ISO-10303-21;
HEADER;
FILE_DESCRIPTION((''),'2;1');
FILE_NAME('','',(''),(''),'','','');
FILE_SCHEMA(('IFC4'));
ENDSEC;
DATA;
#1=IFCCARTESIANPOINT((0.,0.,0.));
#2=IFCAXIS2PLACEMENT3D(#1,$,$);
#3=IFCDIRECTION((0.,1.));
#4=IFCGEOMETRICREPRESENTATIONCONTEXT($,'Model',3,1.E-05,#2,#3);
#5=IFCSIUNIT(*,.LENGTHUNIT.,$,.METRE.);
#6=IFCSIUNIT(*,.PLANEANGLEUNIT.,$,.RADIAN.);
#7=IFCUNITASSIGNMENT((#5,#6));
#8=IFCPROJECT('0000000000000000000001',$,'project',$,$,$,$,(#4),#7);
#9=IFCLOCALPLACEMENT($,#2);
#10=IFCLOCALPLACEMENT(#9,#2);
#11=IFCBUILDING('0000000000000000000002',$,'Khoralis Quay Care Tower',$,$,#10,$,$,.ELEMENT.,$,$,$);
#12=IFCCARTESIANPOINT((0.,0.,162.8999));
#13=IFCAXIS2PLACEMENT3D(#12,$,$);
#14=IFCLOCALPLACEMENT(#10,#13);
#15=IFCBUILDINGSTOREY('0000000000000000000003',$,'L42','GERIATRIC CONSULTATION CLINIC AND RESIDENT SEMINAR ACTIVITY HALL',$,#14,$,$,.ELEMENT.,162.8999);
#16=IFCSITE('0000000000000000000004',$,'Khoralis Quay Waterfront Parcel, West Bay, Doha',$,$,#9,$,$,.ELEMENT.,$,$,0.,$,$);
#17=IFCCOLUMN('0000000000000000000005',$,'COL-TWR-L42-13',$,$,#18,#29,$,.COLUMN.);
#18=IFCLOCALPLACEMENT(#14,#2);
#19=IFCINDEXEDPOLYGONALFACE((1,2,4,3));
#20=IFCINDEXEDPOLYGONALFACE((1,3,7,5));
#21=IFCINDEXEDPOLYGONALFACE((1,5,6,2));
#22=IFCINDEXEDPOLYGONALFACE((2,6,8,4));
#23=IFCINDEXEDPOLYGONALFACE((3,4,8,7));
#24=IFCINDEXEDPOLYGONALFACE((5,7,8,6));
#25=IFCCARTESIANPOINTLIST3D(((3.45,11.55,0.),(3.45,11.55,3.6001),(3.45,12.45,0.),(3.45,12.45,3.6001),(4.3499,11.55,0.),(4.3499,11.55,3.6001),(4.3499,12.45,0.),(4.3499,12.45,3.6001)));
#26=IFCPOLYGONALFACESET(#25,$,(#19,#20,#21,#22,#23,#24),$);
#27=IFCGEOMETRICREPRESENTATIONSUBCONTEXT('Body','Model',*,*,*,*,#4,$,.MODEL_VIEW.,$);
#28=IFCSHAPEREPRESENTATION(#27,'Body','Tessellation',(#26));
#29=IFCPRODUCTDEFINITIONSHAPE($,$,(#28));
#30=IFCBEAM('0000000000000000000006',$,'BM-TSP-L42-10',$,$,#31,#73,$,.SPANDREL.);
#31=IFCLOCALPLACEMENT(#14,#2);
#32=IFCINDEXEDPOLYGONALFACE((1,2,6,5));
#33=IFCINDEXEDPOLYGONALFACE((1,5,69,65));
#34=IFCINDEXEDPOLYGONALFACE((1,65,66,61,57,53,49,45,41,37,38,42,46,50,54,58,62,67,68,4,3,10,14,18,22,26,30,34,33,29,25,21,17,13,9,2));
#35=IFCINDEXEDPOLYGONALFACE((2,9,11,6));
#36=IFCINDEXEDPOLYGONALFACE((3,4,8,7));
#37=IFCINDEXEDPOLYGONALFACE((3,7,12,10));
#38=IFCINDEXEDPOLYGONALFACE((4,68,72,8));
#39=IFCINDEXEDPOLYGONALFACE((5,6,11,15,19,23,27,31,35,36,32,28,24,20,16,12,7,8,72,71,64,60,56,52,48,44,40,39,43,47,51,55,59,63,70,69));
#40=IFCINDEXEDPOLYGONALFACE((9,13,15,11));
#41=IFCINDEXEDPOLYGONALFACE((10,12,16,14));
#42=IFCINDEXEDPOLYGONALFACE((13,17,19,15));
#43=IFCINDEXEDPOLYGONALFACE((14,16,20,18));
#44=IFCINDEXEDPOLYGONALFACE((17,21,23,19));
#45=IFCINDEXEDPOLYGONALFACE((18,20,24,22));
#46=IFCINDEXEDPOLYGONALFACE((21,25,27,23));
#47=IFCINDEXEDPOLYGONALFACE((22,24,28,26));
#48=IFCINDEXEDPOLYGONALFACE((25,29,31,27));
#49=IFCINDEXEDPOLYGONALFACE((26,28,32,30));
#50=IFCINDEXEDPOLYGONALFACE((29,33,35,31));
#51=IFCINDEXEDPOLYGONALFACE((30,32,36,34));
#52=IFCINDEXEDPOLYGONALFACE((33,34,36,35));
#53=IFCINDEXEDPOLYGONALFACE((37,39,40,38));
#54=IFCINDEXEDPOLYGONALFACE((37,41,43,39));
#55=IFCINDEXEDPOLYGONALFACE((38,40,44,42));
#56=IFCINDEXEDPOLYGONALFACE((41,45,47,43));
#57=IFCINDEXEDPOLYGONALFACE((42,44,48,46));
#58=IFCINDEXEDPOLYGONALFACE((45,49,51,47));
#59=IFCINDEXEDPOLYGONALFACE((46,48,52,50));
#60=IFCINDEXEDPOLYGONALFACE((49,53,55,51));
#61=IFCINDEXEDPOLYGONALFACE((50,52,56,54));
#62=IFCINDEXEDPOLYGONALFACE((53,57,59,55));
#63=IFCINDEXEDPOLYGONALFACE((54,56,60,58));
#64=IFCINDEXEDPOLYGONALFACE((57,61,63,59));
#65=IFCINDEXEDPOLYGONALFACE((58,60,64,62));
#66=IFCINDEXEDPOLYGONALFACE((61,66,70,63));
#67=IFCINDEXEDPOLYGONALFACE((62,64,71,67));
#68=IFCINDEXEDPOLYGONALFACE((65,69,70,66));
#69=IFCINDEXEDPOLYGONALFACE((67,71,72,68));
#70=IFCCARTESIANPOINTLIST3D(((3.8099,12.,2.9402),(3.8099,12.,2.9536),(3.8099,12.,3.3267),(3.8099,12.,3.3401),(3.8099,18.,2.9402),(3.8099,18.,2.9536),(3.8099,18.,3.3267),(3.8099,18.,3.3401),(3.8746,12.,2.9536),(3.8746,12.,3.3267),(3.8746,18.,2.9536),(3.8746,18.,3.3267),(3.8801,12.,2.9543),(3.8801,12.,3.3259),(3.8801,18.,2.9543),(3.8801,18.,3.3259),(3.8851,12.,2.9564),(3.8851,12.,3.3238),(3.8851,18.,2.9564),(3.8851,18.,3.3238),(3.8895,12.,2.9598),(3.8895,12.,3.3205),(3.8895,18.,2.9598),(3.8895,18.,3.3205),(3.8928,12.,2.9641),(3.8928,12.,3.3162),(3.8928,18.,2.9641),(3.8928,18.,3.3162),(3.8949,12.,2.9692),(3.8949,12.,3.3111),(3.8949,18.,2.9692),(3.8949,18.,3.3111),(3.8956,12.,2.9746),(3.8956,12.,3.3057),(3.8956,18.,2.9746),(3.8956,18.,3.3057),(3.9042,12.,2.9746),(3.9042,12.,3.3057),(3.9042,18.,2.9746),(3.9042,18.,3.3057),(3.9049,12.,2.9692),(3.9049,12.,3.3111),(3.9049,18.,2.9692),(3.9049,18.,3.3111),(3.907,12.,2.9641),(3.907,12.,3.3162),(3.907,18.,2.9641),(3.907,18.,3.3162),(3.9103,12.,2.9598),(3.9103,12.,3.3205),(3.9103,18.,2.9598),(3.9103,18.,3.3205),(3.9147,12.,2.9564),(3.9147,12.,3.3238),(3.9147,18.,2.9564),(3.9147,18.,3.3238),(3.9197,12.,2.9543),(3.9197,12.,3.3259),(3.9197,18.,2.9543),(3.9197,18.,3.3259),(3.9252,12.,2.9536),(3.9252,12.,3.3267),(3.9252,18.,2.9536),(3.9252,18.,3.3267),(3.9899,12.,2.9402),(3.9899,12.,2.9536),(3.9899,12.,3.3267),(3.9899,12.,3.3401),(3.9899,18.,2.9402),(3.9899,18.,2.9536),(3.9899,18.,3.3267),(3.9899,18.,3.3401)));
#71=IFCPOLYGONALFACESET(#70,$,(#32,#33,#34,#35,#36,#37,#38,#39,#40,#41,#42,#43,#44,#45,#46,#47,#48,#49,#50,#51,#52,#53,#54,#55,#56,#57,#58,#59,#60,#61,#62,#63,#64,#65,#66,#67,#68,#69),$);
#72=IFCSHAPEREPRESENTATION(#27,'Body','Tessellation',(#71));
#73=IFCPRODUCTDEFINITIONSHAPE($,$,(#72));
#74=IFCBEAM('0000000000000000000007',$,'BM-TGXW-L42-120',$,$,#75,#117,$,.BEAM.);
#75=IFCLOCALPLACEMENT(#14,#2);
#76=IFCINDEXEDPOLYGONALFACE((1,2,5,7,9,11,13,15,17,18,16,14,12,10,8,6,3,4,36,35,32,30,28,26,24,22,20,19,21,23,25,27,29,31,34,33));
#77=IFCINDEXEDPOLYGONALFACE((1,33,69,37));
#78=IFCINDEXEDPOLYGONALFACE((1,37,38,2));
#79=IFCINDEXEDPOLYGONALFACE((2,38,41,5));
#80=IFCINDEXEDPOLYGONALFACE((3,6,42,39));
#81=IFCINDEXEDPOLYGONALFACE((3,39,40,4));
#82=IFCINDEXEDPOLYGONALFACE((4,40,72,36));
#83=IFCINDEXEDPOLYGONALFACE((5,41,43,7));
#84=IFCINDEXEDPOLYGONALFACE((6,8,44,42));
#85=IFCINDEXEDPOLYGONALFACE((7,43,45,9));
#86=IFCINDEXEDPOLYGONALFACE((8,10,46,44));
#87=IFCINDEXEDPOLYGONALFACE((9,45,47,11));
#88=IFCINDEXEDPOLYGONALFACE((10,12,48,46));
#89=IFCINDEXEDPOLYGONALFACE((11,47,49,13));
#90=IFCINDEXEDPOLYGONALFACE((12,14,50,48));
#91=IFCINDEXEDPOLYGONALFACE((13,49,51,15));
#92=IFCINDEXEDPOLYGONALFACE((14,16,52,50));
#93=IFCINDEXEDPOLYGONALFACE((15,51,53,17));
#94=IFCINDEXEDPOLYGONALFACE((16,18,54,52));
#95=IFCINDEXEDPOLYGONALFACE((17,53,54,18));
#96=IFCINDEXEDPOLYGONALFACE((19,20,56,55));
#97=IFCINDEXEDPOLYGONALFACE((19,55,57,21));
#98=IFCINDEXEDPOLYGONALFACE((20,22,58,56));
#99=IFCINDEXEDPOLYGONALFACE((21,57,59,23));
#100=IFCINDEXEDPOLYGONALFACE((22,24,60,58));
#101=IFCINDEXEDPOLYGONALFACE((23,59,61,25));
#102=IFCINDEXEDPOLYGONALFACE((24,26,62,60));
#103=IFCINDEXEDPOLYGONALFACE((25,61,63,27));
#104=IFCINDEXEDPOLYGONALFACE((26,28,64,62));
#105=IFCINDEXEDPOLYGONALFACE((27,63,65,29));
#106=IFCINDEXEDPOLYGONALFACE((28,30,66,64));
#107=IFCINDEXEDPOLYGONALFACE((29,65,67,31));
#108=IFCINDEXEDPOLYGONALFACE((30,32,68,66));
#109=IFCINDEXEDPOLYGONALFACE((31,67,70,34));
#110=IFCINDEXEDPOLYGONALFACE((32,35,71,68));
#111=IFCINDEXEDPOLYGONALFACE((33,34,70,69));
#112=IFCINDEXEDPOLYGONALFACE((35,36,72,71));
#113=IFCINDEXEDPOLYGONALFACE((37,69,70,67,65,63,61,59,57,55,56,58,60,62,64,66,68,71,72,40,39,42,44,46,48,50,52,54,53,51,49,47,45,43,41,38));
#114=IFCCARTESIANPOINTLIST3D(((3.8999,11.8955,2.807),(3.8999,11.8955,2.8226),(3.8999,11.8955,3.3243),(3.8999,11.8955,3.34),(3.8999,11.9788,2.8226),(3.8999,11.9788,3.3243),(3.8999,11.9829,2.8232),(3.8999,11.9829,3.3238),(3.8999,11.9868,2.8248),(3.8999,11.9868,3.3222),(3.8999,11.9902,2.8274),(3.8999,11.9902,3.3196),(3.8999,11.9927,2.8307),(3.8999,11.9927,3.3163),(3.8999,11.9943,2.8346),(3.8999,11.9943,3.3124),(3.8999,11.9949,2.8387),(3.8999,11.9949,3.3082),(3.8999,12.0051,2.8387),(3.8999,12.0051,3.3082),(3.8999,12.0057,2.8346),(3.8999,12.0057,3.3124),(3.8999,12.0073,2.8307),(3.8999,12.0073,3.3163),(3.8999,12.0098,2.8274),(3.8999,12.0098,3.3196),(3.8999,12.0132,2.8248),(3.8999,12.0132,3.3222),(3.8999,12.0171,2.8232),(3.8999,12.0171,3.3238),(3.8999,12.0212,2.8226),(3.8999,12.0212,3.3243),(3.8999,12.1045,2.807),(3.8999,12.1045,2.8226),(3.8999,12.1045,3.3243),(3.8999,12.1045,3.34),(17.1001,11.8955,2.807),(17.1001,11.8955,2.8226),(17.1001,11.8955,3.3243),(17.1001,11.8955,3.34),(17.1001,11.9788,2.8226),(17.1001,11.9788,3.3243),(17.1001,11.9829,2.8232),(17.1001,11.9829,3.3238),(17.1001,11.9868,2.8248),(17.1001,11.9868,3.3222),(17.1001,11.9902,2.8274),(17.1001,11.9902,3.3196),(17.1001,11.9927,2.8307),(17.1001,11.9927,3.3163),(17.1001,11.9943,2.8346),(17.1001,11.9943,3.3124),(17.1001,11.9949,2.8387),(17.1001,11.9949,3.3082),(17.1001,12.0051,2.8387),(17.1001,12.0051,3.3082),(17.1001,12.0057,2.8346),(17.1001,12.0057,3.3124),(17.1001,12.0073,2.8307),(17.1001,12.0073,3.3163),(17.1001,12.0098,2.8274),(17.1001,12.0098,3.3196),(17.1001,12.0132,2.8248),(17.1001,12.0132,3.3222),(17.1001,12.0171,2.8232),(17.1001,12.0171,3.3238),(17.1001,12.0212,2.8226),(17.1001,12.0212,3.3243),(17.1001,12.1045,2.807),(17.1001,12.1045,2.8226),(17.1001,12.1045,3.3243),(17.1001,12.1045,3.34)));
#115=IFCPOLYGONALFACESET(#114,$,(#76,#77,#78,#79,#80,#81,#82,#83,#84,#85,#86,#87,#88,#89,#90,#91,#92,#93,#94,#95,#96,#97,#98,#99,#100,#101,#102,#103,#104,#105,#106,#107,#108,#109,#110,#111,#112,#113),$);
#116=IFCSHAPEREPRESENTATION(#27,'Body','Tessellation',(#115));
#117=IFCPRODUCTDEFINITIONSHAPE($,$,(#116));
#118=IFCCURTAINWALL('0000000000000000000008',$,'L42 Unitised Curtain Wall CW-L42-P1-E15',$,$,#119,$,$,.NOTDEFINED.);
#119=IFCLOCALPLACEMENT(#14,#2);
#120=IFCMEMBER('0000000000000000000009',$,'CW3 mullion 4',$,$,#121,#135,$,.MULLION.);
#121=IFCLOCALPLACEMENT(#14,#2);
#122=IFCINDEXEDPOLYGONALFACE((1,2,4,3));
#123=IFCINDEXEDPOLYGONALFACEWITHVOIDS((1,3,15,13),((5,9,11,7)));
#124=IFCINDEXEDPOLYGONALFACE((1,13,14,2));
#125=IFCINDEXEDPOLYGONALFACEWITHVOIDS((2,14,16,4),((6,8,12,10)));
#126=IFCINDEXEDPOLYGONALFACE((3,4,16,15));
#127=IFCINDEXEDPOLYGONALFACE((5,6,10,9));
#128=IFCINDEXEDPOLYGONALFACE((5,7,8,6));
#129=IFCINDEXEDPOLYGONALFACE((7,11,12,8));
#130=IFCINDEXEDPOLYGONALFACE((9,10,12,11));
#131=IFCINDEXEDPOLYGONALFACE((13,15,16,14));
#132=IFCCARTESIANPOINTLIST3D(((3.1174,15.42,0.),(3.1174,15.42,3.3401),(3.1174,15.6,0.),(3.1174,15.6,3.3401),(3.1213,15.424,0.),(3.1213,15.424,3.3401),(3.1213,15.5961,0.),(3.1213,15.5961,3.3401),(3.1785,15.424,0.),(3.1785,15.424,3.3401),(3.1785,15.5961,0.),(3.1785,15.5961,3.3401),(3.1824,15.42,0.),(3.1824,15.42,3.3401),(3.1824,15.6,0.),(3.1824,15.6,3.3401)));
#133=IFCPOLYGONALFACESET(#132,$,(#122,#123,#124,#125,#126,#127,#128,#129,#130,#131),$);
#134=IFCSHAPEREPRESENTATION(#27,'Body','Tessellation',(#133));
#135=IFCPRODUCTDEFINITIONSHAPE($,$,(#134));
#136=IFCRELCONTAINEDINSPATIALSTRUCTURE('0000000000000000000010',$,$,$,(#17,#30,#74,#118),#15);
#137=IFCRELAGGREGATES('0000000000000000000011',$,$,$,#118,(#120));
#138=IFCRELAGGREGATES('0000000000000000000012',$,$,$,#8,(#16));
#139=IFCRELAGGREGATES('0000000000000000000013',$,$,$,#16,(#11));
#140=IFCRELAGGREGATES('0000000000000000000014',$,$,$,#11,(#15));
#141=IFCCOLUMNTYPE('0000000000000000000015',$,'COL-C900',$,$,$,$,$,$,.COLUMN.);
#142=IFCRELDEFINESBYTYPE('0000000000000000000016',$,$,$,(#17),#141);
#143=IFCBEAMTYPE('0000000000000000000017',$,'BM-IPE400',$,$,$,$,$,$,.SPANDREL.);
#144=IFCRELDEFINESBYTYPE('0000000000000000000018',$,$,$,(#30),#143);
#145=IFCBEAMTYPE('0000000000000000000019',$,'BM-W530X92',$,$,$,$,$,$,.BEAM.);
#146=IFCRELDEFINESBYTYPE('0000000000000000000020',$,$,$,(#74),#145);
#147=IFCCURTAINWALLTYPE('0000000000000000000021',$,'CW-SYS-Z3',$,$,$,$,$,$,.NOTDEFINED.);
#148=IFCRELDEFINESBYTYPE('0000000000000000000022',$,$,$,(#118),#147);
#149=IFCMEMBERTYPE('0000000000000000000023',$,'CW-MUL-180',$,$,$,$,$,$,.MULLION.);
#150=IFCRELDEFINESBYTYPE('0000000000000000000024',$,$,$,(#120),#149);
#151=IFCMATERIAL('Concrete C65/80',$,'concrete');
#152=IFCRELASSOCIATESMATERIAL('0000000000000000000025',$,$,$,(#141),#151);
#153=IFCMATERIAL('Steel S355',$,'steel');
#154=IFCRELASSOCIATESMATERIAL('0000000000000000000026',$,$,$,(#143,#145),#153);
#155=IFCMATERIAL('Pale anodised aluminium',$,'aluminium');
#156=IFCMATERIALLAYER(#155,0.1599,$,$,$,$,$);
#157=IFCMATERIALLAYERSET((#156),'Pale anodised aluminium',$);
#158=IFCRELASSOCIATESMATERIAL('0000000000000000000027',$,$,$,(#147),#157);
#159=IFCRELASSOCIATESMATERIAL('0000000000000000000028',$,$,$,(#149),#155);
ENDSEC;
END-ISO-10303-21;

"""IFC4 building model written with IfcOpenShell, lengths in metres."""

from ifc_helpers import new_model, si_unit, direction, frame, origin, origin_2d, place, context, subcontext, project, spatial, rectangle, hollow_rectangle, i_section, extrude, source, transform, mapped, material, layer, layer_set, material_profile, profile_set, type_object, element, aggregate, save


model = new_model("IFC4")

# Units and contexts
model_context = context("Model", 3, precision=1e-05, world=origin(), true_north=direction((0.0, 1.0)))
body_context = subcontext(model_context, "Body", "Model", "MODEL_VIEW")
ifc_project = project(units=[si_unit("LENGTHUNIT", "METRE"), si_unit("PLANEANGLEUNIT", "RADIAN")], contexts=[model_context])

# Site, building, storey
site_placement = place(None, origin())
site = spatial("IfcSite", under=ifc_project, at=site_placement, Name="Khoralis Quay Waterfront Parcel, West Bay, Doha", CompositionType="ELEMENT", RefElevation=0.0)
building_placement = place(site_placement, origin())
building = spatial("IfcBuilding", under=site, at=building_placement, Name="Khoralis Quay Care Tower", CompositionType="ELEMENT")
storey_placement = place(building_placement, frame((0.0, 0.0, 162.8999)))
storey = spatial("IfcBuildingStorey", under=building, at=storey_placement, Name="L42", Description="GERIATRIC CONSULTATION CLINIC AND RESIDENT SEMINAR ACTIVITY HALL", CompositionType="ELEMENT", Elevation=162.8999)

# Column
ifc_material_1 = material(Name="Concrete C65/80", Category="concrete")
ifc_material_profile_1 = material_profile(ifc_material_1, rectangle(XDim=0.8999, YDim=0.8999, at=origin_2d()), Name="Concrete C65/80")
ifc_profile_set_1 = profile_set([ifc_material_profile_1], Name="Concrete C65/80")
column_type = type_object("IfcColumnType", Name="COL-C900", PredefinedType="COLUMN", material=ifc_profile_set_1)
shared_shape_1 = source(origin(), body_context, "Body", "SweptSolid", [
    extrude(rectangle(XDim=0.8999, YDim=0.8999, at=origin_2d()), origin(), (0.0, 0.0, 1.0), 3.6001),
])
column_placement = place(storey_placement, frame((3.8999, 12.0, 0.0), z_axis=(0.0, 0.0, 1.0), x_axis=(1.0, 0.0, 0.0)))
element("IfcColumn", 1, at=column_placement, inside=storey, type_object=column_type, Name="COL-TWR-L42-13", PredefinedType="COLUMN", context=body_context, shape_type="MappedRepresentation", body=[
    mapped(shared_shape_1, transform((0.0, 0.0, 0.0), scale=1.0)),
])

# Beams
ifc_material_2 = material(Name="Steel S355", Category="steel")
ifc_material_profile_2 = material_profile(ifc_material_2, i_section(OverallWidth=0.1799, OverallDepth=0.3999, WebThickness=0.0085, FlangeThickness=0.0134, FilletRadius=0.021, at=origin_2d()), Name="Steel S355")
ifc_profile_set_2 = profile_set([ifc_material_profile_2], Name="Steel S355")
beam_type_1 = type_object("IfcBeamType", Name="BM-IPE400", PredefinedType="SPANDREL", material=ifc_profile_set_2)
shared_shape_2 = source(origin(), body_context, "Body", "SweptSolid", [
    extrude(i_section(OverallWidth=0.1799, OverallDepth=0.3999, WebThickness=0.0085, FlangeThickness=0.0134, FilletRadius=0.021, at=origin_2d()), origin(), (0.0, 0.0, 1.0), 6.0),
])
beam_1_placement = place(storey_placement, frame((3.8999, 12.0, 3.1401), z_axis=(0.0, 1.0, 0.0), x_axis=(-1.0, 0.0, 0.0)))
element("IfcBeam", 2, at=beam_1_placement, inside=storey, type_object=beam_type_1, Name="BM-TSP-L42-10", PredefinedType="SPANDREL", context=body_context, shape_type="MappedRepresentation", body=[
    mapped(shared_shape_2, transform((0.0, 0.0, 0.0), scale=1.0)),
])
ifc_material_profile_3 = material_profile(ifc_material_2, i_section(OverallWidth=0.209, OverallDepth=0.533, WebThickness=0.0103, FlangeThickness=0.0156, FilletRadius=0.0161, at=origin_2d()), Name="Steel S355")
ifc_profile_set_3 = profile_set([ifc_material_profile_3], Name="Steel S355")
beam_type_2 = type_object("IfcBeamType", Name="BM-W530X92", PredefinedType="BEAM", material=ifc_profile_set_3)
shared_shape_3 = source(origin(), body_context, "Body", "SweptSolid", [
    extrude(i_section(OverallWidth=0.209, OverallDepth=0.533, WebThickness=0.0103, FlangeThickness=0.0156, FilletRadius=0.0161, at=origin_2d()), origin(), (0.0, 0.0, 1.0), 13.2002),
])
beam_2_placement = place(storey_placement, frame((3.8999, 12.0, 3.0735), z_axis=(1.0, 0.0, 0.0), x_axis=(0.0, 1.0, 0.0)))
element("IfcBeam", 3, at=beam_2_placement, inside=storey, type_object=beam_type_2, Name="BM-TGXW-L42-120", PredefinedType="BEAM", context=body_context, shape_type="MappedRepresentation", body=[
    mapped(shared_shape_3, transform((0.0, 0.0, 0.0), scale=1.0)),
])

# Curtain wall, member
ifc_material_3 = material(Name="Pale anodised aluminium", Category="aluminium")
ifc_layer_1 = layer(ifc_material_3, 0.1599)
ifc_layer_set_1 = layer_set([ifc_layer_1], Name="Pale anodised aluminium")
curtain_wall_type = type_object("IfcCurtainWallType", Name="CW-SYS-Z3", PredefinedType="NOTDEFINED", material=ifc_layer_set_1)
curtain_wall_placement = place(storey_placement, origin())
curtain_wall = element("IfcCurtainWall", 4, at=curtain_wall_placement, inside=storey, type_object=curtain_wall_type, Name="L42 Unitised Curtain Wall CW-L42-P1-E15", PredefinedType="NOTDEFINED")
ifc_material_profile_4 = material_profile(ifc_material_3, hollow_rectangle(XDim=0.0649, YDim=0.1799, WallThickness=0.0039, at=origin_2d()), Name="Pale anodised aluminium")
ifc_profile_set_4 = profile_set([ifc_material_profile_4], Name="Pale anodised aluminium")
member_type = type_object("IfcMemberType", Name="CW-MUL-180", PredefinedType="MULLION", material=ifc_profile_set_4)
shared_shape_4 = source(origin(), body_context, "Body", "SweptSolid", [
    extrude(hollow_rectangle(XDim=0.0649, YDim=0.1799, WallThickness=0.0039, at=origin_2d()), origin(), (0.0, 0.0, 1.0), 3.3401),
])
member_placement = place(storey_placement, frame((3.1499, 15.51, 0.0), z_axis=(0.0, 0.0, 1.0), x_axis=(1.0, 0.0, 0.0)))
member = element("IfcMember", 5, at=member_placement, type_object=member_type, Name="CW3 mullion 4", PredefinedType="MULLION", context=body_context, shape_type="MappedRepresentation", body=[
    mapped(shared_shape_4, transform((0.0, 0.0, 0.0), scale=1.0)),
])
aggregate(curtain_wall, [member])

save(model, "model.ifc")
